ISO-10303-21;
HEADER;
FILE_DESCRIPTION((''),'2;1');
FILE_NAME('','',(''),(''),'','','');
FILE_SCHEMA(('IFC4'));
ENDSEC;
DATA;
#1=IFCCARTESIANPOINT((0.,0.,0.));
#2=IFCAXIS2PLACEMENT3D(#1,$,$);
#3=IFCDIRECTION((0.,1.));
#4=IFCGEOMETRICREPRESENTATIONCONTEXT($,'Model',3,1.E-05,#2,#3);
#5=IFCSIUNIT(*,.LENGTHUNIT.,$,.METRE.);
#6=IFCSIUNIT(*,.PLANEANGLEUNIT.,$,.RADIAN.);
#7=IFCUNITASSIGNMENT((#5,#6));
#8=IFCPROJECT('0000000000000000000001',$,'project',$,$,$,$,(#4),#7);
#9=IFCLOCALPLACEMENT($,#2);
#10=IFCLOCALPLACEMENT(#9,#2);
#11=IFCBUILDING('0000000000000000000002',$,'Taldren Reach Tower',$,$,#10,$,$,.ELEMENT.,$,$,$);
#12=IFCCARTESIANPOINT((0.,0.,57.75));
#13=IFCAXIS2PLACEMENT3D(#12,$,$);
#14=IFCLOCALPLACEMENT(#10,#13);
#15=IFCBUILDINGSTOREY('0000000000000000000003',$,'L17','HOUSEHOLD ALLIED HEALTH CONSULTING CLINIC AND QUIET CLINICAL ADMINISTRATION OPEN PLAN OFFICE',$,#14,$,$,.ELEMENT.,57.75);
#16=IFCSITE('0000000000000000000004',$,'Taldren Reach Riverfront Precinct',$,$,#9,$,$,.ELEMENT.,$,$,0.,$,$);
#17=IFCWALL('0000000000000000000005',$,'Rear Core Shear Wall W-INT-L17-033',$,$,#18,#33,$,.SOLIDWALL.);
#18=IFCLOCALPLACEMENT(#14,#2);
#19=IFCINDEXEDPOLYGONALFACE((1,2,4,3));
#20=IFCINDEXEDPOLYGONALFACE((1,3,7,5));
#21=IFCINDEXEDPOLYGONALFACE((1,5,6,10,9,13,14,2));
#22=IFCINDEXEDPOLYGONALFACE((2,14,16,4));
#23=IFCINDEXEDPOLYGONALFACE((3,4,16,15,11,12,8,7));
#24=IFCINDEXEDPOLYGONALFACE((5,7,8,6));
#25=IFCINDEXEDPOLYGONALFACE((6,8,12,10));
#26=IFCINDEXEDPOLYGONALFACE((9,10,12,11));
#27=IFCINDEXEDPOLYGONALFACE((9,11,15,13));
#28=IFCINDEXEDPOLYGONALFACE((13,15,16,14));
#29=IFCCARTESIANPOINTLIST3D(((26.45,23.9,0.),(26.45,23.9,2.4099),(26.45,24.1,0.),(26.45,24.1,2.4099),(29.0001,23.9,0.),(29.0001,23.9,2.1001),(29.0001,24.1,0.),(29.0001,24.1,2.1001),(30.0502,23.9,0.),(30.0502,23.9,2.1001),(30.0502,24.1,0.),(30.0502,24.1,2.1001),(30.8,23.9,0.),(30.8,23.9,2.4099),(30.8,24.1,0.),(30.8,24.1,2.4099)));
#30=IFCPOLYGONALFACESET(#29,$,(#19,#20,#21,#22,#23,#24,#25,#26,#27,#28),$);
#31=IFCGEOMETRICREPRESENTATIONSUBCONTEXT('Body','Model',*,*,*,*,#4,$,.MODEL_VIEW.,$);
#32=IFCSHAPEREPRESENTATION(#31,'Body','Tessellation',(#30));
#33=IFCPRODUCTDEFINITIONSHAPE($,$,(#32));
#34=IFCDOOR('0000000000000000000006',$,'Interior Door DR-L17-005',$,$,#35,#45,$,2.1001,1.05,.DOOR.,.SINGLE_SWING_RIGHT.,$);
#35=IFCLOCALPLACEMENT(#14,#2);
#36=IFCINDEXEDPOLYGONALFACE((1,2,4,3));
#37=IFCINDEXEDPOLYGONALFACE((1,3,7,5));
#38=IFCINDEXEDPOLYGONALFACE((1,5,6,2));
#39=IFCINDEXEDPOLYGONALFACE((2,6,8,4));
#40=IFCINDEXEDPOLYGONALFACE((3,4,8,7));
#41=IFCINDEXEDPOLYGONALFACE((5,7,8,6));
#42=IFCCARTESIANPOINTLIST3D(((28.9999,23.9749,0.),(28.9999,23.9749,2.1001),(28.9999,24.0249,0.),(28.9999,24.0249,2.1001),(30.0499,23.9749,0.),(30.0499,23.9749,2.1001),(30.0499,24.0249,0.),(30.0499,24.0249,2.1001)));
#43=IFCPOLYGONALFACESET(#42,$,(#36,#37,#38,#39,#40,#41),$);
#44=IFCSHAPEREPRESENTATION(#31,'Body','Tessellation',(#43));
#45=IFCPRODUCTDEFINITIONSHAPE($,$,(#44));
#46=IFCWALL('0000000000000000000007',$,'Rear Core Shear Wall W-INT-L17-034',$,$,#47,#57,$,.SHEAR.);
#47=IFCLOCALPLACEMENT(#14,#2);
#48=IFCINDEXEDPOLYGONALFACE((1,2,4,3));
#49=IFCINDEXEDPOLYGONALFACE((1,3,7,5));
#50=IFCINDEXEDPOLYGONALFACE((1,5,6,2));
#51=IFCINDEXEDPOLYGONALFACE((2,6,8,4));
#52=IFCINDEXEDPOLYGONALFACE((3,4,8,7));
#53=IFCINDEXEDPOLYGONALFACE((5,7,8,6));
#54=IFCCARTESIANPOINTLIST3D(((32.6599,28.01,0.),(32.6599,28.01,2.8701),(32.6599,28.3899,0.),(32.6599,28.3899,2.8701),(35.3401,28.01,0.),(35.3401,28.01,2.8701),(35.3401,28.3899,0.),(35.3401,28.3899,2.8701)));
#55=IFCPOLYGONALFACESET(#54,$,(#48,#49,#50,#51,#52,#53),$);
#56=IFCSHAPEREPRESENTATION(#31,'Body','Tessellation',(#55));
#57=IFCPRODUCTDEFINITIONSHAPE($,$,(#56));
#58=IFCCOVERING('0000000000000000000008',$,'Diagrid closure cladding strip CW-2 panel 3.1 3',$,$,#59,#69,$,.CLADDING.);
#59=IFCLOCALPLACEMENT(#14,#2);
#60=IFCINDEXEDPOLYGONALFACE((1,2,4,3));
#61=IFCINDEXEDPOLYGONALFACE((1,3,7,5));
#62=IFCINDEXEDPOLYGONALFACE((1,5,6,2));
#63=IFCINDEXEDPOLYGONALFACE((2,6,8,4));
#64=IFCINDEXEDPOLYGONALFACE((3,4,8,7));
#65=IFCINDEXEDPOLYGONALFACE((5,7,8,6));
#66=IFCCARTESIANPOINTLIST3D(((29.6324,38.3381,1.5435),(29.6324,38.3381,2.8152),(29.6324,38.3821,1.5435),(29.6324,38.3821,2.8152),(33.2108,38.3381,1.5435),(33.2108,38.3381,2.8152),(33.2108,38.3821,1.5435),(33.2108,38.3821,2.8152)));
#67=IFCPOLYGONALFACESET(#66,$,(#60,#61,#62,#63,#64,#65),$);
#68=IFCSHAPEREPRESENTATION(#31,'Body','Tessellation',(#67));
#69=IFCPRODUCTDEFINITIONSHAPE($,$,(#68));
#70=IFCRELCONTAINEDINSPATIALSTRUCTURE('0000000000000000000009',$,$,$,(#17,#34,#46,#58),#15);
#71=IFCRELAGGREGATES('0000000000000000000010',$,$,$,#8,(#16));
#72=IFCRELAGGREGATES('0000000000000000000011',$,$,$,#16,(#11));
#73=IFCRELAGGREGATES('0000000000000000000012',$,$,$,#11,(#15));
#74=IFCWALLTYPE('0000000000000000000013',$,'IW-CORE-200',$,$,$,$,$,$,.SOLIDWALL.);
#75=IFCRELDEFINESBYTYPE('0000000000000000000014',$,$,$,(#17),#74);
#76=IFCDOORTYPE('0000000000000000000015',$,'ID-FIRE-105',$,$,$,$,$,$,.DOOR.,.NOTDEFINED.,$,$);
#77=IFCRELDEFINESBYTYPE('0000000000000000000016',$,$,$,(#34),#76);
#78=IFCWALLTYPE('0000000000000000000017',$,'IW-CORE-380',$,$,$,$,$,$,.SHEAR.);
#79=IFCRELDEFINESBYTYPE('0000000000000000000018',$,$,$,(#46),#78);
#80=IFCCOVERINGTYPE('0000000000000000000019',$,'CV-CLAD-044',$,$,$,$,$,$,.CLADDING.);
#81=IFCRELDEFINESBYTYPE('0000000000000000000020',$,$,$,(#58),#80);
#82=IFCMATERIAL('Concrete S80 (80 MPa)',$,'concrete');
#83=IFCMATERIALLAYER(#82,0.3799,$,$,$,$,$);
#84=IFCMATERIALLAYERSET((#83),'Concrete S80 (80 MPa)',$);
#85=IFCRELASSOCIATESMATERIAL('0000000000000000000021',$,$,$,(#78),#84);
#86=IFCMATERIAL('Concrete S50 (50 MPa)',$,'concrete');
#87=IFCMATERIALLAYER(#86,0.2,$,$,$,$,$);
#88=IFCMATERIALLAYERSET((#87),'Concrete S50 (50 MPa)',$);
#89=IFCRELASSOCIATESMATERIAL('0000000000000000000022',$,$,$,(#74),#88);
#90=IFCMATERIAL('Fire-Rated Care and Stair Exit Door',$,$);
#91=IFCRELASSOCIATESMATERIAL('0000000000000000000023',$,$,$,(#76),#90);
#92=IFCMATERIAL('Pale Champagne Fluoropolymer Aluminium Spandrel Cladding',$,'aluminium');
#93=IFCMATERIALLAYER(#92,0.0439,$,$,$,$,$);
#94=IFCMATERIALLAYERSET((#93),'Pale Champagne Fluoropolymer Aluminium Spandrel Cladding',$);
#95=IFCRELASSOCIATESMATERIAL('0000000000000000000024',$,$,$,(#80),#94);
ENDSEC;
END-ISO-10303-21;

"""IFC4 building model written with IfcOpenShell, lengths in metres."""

from ifc_helpers import new_model, si_unit, direction, frame, frame_2d, origin, origin_2d, place, context, subcontext, project, spatial, rectangle, extrude, source, transform, mapped, material, layer, layer_set, type_object, element, fill, save


model = new_model("IFC4")

# Units and contexts
model_context = context("Model", 3, precision=1e-05, world=origin(), true_north=direction((0.0, 1.0)))
body_context = subcontext(model_context, "Body", "Model", "MODEL_VIEW")
ifc_project = project(units=[si_unit("LENGTHUNIT", "METRE"), si_unit("PLANEANGLEUNIT", "RADIAN")], contexts=[model_context])

# Site, building, storey
site_placement = place(None, origin())
site = spatial("IfcSite", under=ifc_project, at=site_placement, Name="Taldren Reach Riverfront Precinct", CompositionType="ELEMENT", RefElevation=0.0)
building_placement = place(site_placement, origin())
building = spatial("IfcBuilding", under=site, at=building_placement, Name="Taldren Reach Tower", CompositionType="ELEMENT")
storey_placement = place(building_placement, frame((0.0, 0.0, 57.75)))
storey = spatial("IfcBuildingStorey", under=building, at=storey_placement, Name="L17", Description="HOUSEHOLD ALLIED HEALTH CONSULTING CLINIC AND QUIET CLINICAL ADMINISTRATION OPEN PLAN OFFICE", CompositionType="ELEMENT", Elevation=57.75)

# Shared definitions
ifc_material_1 = material(Name="Concrete S80 (80 MPa)", Category="concrete")
ifc_layer_1 = layer(ifc_material_1, 0.3799)
ifc_layer_set_1 = layer_set([ifc_layer_1], Name="Concrete S80 (80 MPa)")
wall_type_1 = type_object("IfcWallType", Name="IW-CORE-380", PredefinedType="SHEAR", material=ifc_layer_set_1)

# Shared definitions
ifc_material_2 = material(Name="Concrete S50 (50 MPa)", Category="concrete")
ifc_layer_2 = layer(ifc_material_2, 0.2)
ifc_layer_set_2 = layer_set([ifc_layer_2], Name="Concrete S50 (50 MPa)")
wall_type_2 = type_object("IfcWallType", Name="IW-CORE-200", PredefinedType="SOLIDWALL", material=ifc_layer_set_2)

# Wall, opening, door
shared_shape_1 = source(origin(), body_context, "Body", "SweptSolid", [
    extrude(rectangle(XDim=4.3501, YDim=0.2, at=frame_2d((2.175, 0.0))), origin(), (0.0, 0.0, 1.0), 2.4099),
])
wall_1_placement = place(storey_placement, frame((30.8, 24.0, 0.0), z_axis=(0.0, 0.0, 1.0), x_axis=(-1.0, 0.0, 0.0)))
wall_1 = element("IfcWall", 1, at=wall_1_placement, inside=storey, type_object=wall_type_2, Name="Rear Core Shear Wall W-INT-L17-033", PredefinedType="SOLIDWALL", context=body_context, shape_type="MappedRepresentation", body=[
    mapped(shared_shape_1, transform((0.0, 0.0, 0.0), scale=1.0)),
])
shared_shape_2 = source(origin(), body_context, "Body", "SweptSolid", [
    extrude(rectangle(XDim=1.05, YDim=2.1001, at=frame_2d((0.5249, 1.05))), frame((0.0, 0.1099, 0.0), z_axis=(0.0, -1.0, 0.0), x_axis=(1.0, 0.0, 0.0)), (0.0, 0.0, 1.0), 0.22),
])
opening_1_placement = place(wall_1_placement, frame((0.75, 0.0, 0.0)))
opening_1 = element("IfcOpeningElement", 2, at=opening_1_placement, cuts=wall_1, PredefinedType="OPENING", context=body_context, shape_type="MappedRepresentation", body=[
    mapped(shared_shape_2, transform((0.0, 0.0, 0.0), scale=1.0)),
])
ifc_material_3 = material(Name="Fire-Rated Care and Stair Exit Door")
door_type_1 = type_object("IfcDoorType", Name="ID-FIRE-105", OperationType="NOTDEFINED", PredefinedType="DOOR", material=ifc_material_3)
shared_shape_3 = source(origin(), body_context, "Body", "SweptSolid", [
    extrude(rectangle(XDim=1.05, YDim=2.1001, at=frame_2d((0.5249, 1.05))), frame((0.0, 0.0249, 0.0), z_axis=(0.0, -1.0, 0.0), x_axis=(1.0, 0.0, 0.0)), (0.0, 0.0, 1.0), 0.05),
])
door_1_placement = place(opening_1_placement, frame((1.05, 0.0, 0.0), z_axis=(0.0, 0.0, 1.0), x_axis=(-1.0, 0.0, 0.0)))
door_1 = element("IfcDoor", 3, at=door_1_placement, inside=storey, type_object=door_type_1, Name="Interior Door DR-L17-005", OperationType="SINGLE_SWING_RIGHT", OverallHeight=2.1001, OverallWidth=1.05, PredefinedType="DOOR", context=body_context, shape_type="MappedRepresentation", body=[
    mapped(shared_shape_3, transform((0.0, 0.0, 0.0), scale=1.0)),
])
fill(opening_1, door_1)

# Wall
shared_shape_4 = source(origin(), body_context, "Body", "SweptSolid", [
    extrude(rectangle(XDim=2.6802, YDim=0.3799, at=frame_2d((1.3401, 0.0))), origin(), (0.0, 0.0, 1.0), 2.8701),
])
wall_2_placement = place(storey_placement, frame((32.6599, 28.2, 0.0), z_axis=(0.0, 0.0, 1.0), x_axis=(1.0, 0.0, 0.0)))
element("IfcWall", 4, at=wall_2_placement, inside=storey, type_object=wall_type_1, Name="Rear Core Shear Wall W-INT-L17-034", PredefinedType="SHEAR", context=body_context, shape_type="MappedRepresentation", body=[
    mapped(shared_shape_4, transform((0.0, 0.0, 0.0), scale=1.0)),
])

# Covering
ifc_material_4 = material(Name="Pale Champagne Fluoropolymer Aluminium Spandrel Cladding", Category="aluminium")
ifc_layer_3 = layer(ifc_material_4, 0.0439)
ifc_layer_set_3 = layer_set([ifc_layer_3], Name="Pale Champagne Fluoropolymer Aluminium Spandrel Cladding")
covering_type = type_object("IfcCoveringType", Name="CV-CLAD-044", PredefinedType="CLADDING", material=ifc_layer_set_3)
shared_shape_5 = source(origin(), body_context, "Body", "SweptSolid", [
    extrude(rectangle(XDim=3.5784, YDim=0.0439, at=origin_2d()), origin(), (0.0, 0.0, 1.0), 1.2717),
])
covering_placement = place(storey_placement, frame((31.4216, 38.3601, 1.5435), z_axis=(0.0, 0.0, 1.0), x_axis=(-1.0, 0.0, 0.0)))
element("IfcCovering", 5, at=covering_placement, inside=storey, type_object=covering_type, Name="Diagrid closure cladding strip CW-2 panel 3.1 3", PredefinedType="CLADDING", context=body_context, shape_type="MappedRepresentation", body=[
    mapped(shared_shape_5, transform((0.0, 0.0, 0.0), scale=1.0)),
])

save(model, "model.ifc")
